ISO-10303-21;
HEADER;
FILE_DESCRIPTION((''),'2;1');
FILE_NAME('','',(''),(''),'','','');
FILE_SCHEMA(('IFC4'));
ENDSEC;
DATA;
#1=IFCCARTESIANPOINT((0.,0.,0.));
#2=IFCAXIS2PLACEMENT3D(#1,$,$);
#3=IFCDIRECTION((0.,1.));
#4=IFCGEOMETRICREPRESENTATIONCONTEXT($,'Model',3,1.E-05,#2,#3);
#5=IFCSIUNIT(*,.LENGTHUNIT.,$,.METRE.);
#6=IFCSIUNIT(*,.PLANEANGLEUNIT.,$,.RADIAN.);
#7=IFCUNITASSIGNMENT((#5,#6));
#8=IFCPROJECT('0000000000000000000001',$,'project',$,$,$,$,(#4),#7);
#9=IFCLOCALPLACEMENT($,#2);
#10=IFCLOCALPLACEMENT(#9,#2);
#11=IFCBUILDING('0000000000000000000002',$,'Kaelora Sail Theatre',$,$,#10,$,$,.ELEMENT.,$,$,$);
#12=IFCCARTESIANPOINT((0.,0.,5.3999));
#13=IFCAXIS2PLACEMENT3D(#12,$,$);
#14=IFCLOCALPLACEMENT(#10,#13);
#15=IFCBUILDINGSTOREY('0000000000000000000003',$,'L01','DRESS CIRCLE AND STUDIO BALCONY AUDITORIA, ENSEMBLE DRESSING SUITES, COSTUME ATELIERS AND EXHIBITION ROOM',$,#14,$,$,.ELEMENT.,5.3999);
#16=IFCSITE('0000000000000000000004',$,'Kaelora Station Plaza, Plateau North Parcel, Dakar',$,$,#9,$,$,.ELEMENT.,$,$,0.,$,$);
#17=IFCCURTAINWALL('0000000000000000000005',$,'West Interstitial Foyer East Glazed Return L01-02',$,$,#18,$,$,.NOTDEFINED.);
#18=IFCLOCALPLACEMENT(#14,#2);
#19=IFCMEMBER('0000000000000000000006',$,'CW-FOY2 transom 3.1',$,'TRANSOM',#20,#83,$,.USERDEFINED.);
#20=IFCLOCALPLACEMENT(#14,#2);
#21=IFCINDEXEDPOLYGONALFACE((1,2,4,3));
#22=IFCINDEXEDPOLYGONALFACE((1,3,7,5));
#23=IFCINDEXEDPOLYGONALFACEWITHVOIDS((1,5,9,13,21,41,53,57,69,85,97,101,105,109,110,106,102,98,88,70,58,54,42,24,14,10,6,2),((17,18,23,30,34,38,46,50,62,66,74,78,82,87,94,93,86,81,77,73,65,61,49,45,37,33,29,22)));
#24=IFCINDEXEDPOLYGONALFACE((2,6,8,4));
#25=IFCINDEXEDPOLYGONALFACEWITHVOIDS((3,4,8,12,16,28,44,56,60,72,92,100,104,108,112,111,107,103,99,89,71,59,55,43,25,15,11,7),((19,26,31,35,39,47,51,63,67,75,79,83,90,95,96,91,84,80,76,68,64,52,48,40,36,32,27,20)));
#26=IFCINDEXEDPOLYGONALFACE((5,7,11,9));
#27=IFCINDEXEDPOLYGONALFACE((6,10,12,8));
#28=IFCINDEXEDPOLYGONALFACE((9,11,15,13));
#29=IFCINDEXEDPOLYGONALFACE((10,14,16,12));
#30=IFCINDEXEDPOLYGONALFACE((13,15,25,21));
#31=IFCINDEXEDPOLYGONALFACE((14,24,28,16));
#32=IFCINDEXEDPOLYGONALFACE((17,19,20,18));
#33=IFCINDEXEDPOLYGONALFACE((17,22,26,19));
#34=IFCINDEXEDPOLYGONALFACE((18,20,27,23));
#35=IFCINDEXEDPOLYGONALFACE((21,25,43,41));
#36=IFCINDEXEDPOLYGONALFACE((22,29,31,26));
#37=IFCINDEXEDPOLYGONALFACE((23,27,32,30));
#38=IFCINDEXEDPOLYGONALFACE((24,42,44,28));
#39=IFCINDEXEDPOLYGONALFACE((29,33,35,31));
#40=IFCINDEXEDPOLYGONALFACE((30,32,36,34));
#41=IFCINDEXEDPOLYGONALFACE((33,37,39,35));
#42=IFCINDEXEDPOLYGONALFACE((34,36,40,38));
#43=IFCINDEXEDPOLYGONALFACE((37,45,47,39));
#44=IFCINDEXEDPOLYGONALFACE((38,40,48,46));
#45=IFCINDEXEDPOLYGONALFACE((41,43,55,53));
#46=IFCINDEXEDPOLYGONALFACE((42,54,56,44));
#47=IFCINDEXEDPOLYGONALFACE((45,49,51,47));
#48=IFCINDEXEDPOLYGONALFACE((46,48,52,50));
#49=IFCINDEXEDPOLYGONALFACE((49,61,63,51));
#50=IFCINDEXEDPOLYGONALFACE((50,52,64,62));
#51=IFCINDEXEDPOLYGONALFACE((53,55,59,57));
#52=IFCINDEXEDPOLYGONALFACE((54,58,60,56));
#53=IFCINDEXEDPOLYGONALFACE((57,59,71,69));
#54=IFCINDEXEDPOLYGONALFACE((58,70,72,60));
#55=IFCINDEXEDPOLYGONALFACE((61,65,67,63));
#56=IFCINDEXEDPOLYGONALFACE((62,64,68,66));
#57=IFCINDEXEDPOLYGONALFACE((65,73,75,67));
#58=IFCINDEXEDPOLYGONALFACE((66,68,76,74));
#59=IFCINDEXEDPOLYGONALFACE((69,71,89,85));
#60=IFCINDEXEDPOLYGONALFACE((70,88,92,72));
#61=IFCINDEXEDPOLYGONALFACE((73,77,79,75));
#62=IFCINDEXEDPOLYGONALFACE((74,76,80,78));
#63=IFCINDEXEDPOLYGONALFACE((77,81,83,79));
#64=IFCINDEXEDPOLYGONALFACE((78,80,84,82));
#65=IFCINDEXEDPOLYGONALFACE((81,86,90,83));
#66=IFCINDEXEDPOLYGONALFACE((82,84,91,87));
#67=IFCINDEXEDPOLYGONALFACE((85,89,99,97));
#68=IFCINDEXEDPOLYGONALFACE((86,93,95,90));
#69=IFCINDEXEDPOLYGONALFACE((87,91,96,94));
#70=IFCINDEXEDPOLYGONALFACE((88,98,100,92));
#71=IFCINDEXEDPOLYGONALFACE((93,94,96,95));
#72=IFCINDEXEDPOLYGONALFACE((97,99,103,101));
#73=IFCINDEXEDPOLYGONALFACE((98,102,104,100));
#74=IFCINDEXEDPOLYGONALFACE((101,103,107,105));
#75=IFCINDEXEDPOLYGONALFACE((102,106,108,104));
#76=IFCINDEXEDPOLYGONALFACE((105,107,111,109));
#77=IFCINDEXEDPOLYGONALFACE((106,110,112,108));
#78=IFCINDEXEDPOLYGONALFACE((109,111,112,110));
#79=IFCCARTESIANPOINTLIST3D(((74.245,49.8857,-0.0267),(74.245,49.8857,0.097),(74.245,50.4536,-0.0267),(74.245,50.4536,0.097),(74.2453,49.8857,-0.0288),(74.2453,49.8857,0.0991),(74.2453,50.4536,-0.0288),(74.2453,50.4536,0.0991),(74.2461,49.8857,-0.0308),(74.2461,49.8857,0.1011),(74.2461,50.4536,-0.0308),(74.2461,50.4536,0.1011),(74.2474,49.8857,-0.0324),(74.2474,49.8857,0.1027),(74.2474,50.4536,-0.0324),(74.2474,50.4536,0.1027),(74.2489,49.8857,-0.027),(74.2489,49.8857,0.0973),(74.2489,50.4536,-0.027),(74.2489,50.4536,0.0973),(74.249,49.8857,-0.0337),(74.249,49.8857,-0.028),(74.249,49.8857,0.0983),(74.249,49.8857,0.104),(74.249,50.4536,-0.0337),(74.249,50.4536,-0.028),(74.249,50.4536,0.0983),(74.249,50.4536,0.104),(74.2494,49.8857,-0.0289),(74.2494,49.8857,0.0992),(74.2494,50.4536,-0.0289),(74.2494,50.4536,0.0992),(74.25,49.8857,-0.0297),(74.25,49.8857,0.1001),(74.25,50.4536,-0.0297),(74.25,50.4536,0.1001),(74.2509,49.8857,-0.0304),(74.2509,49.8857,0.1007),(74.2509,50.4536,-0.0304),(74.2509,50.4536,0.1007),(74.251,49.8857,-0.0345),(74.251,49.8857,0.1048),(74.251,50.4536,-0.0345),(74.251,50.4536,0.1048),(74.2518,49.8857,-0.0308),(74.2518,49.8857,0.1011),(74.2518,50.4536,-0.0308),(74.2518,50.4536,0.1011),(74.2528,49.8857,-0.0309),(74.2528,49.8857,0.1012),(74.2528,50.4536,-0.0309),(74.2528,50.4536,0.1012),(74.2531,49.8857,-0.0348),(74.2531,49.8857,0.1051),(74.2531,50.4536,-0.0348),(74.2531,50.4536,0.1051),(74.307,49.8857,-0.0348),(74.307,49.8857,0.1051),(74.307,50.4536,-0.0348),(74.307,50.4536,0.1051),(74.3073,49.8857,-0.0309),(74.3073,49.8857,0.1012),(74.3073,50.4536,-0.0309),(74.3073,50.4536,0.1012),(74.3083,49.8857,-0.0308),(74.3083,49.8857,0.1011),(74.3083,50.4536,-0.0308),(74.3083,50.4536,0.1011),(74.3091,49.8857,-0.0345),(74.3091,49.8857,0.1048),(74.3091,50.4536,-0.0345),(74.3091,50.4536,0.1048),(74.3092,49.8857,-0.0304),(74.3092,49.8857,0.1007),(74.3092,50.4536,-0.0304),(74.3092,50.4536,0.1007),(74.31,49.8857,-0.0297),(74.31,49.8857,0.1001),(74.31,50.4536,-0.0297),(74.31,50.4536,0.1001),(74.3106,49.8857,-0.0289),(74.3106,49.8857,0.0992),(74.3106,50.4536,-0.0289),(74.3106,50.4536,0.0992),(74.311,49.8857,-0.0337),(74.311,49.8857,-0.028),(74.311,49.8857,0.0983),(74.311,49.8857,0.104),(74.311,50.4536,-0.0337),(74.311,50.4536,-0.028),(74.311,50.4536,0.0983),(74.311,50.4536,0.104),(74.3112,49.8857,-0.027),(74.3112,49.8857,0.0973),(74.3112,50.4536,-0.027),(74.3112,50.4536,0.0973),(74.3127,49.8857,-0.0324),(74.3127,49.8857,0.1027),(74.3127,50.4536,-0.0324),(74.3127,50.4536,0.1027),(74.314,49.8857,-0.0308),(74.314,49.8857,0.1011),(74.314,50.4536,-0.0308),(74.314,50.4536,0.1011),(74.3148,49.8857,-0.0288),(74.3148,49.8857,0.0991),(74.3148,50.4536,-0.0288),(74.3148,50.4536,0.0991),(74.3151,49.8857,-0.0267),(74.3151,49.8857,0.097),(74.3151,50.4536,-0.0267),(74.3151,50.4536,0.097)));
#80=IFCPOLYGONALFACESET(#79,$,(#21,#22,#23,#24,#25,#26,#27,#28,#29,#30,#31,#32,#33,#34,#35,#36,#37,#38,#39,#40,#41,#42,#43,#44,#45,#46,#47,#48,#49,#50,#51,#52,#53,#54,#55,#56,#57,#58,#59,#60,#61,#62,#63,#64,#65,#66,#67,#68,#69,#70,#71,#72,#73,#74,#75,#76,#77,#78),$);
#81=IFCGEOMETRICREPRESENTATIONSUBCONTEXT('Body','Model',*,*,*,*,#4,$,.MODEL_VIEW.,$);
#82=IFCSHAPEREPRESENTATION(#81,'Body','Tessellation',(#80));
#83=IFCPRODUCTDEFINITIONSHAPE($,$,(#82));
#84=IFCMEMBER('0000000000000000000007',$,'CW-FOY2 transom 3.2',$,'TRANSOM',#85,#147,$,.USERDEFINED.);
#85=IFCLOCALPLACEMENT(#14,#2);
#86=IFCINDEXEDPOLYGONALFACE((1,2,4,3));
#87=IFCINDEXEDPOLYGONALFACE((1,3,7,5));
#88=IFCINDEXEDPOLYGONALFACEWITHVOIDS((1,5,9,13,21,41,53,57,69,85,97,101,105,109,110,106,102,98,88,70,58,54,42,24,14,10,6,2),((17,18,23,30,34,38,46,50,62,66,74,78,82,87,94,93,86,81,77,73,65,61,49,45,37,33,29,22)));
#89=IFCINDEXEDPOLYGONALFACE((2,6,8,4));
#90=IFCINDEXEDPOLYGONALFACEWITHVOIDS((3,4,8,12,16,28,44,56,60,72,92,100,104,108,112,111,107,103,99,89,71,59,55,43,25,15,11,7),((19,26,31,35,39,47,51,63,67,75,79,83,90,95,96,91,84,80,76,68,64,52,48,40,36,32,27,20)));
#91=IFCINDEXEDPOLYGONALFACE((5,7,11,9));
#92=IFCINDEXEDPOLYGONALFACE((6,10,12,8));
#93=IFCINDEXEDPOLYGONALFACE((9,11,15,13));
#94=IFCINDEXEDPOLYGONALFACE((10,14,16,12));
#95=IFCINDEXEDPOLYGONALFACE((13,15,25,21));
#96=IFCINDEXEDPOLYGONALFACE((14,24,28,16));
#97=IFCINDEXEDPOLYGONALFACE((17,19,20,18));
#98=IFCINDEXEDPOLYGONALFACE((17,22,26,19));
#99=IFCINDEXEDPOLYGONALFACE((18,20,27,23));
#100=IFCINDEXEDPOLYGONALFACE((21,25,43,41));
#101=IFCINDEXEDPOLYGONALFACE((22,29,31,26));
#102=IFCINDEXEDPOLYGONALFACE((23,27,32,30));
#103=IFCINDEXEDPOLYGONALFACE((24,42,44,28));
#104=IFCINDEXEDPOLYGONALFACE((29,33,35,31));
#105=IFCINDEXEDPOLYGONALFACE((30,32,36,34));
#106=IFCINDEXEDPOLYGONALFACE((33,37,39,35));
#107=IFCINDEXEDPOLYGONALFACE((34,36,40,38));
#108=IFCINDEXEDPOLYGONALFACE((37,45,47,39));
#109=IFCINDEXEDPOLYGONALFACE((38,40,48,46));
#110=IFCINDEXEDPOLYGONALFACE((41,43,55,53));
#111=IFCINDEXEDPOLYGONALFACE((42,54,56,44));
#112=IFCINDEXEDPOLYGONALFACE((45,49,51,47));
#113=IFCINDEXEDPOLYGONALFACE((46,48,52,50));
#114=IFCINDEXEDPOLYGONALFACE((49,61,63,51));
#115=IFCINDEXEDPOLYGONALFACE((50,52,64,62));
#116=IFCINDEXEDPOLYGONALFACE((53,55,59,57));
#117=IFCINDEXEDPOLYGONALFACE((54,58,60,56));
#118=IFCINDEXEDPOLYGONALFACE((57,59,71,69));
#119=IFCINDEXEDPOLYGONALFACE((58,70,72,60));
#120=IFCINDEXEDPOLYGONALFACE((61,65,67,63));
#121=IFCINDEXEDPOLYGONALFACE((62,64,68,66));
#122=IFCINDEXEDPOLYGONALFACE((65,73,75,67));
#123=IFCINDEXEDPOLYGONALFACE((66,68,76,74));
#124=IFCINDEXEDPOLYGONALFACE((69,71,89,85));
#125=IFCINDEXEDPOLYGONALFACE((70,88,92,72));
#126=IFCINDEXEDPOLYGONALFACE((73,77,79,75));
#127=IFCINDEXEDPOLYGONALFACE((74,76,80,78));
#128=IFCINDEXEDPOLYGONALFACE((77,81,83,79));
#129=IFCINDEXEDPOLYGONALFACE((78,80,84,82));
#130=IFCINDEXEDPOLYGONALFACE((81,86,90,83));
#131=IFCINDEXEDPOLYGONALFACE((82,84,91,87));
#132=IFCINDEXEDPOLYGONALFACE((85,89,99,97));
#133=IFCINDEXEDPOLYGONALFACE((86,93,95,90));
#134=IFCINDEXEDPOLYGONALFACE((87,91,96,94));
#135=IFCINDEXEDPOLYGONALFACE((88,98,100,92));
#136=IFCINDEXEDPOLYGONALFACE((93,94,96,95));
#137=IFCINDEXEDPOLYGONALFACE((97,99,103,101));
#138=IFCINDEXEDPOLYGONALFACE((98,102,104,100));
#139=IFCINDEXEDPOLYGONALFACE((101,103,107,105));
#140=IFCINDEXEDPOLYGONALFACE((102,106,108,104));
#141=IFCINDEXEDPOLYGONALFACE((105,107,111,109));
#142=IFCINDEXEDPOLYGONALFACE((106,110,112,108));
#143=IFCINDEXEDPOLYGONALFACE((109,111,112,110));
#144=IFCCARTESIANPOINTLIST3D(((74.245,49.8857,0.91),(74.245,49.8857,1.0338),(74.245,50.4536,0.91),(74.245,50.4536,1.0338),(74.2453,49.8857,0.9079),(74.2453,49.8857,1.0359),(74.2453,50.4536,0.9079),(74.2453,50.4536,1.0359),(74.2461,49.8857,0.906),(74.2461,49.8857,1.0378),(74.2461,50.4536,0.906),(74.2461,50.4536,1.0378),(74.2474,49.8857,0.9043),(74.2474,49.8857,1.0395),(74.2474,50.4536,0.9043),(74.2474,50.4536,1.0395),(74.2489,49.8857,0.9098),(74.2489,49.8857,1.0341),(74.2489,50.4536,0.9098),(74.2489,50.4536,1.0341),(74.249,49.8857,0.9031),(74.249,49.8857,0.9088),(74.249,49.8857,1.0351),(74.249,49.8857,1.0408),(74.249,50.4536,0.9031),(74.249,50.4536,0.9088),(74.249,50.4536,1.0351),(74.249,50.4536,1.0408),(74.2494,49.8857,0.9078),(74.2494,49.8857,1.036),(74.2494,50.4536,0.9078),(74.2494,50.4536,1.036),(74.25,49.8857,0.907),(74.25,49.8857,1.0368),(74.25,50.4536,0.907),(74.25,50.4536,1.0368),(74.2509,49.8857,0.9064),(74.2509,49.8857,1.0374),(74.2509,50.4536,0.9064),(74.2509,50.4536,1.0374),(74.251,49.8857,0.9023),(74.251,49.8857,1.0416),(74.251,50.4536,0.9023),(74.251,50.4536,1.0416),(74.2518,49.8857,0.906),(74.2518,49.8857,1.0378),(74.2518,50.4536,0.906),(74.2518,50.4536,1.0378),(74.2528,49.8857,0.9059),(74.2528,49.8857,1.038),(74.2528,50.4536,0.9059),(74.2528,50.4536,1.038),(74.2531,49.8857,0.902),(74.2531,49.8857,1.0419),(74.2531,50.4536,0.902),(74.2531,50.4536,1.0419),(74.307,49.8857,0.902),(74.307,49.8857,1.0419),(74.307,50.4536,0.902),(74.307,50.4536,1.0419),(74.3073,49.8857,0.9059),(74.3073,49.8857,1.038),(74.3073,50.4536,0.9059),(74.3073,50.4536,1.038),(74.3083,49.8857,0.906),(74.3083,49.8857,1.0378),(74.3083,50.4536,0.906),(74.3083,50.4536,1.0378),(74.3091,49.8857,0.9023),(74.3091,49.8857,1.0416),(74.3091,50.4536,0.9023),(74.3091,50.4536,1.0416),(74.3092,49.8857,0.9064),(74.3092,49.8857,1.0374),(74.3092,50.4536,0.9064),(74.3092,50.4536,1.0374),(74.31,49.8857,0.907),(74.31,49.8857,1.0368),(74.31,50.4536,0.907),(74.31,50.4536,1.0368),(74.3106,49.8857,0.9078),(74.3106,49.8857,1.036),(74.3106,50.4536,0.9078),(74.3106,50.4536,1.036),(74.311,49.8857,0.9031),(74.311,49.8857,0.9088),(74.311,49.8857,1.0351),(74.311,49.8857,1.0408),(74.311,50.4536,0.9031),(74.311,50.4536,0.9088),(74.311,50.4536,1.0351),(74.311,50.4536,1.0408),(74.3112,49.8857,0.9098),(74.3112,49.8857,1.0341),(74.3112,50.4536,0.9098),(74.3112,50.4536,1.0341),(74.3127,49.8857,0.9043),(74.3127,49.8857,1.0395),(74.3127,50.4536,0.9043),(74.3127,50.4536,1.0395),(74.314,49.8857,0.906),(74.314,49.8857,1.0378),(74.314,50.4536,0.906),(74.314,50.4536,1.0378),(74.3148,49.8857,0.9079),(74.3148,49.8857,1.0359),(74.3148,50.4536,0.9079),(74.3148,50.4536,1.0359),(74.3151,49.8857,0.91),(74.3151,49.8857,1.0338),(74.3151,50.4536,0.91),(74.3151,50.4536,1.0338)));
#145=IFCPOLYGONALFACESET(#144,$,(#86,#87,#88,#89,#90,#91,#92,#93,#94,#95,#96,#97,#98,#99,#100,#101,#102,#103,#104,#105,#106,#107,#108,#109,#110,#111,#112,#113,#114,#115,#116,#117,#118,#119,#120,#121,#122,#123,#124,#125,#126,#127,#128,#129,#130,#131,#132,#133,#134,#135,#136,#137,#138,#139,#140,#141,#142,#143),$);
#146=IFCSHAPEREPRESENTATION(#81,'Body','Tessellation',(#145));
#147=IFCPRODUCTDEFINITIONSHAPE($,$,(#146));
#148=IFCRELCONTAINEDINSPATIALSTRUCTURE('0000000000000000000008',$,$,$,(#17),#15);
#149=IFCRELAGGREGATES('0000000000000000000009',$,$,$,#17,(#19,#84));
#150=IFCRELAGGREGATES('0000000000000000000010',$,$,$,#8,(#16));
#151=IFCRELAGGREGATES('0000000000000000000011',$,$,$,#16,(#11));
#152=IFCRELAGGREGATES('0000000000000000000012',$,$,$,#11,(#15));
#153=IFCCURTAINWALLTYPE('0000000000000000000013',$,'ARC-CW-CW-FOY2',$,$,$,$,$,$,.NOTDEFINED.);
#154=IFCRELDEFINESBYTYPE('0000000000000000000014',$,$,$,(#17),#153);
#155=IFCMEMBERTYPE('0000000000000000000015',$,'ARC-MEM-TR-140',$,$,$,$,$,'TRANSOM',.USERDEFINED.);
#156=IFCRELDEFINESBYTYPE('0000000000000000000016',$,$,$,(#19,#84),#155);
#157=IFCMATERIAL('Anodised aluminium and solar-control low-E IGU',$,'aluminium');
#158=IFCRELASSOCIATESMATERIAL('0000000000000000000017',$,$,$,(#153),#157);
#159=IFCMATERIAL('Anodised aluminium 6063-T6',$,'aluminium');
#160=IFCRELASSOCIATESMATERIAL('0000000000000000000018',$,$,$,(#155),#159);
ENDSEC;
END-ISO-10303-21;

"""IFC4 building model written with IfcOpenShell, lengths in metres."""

from ifc_helpers import new_model, si_unit, direction, frame, origin, origin_2d, place, context, subcontext, project, spatial, hollow_rectangle, extrude, material, material_profile, profile_set, type_object, element, aggregate, save


model = new_model("IFC4")

# Units and contexts
model_context = context("Model", 3, precision=1e-05, world=origin(), true_north=direction((0.0, 1.0)))
body_context = subcontext(model_context, "Body", "Model", "MODEL_VIEW")
ifc_project = project(units=[si_unit("LENGTHUNIT", "METRE"), si_unit("PLANEANGLEUNIT", "RADIAN")], contexts=[model_context])

# Site, building, storey
site_placement = place(None, origin())
site = spatial("IfcSite", under=ifc_project, at=site_placement, Name="Kaelora Station Plaza, Plateau North Parcel, Dakar", CompositionType="ELEMENT", RefElevation=0.0)
building_placement = place(site_placement, origin())
building = spatial("IfcBuilding", under=site, at=building_placement, Name="Kaelora Sail Theatre", CompositionType="ELEMENT")
storey_placement = place(building_placement, frame((0.0, 0.0, 5.3999)))
storey = spatial("IfcBuildingStorey", under=building, at=storey_placement, Name="L01", Description="DRESS CIRCLE AND STUDIO BALCONY AUDITORIA, ENSEMBLE DRESSING SUITES, COSTUME ATELIERS AND EXHIBITION ROOM", CompositionType="ELEMENT", Elevation=5.3999)

# Shared definitions
ifc_material_1 = material(Name="Anodised aluminium and solar-control low-E IGU", Category="aluminium")
curtain_wall_type = type_object("IfcCurtainWallType", Name="ARC-CW-CW-FOY2", PredefinedType="NOTDEFINED", material=ifc_material_1)

# Curtain wall, members
curtain_wall_1_placement = place(storey_placement, origin())
curtain_wall_1 = element("IfcCurtainWall", 1, at=curtain_wall_1_placement, inside=storey, type_object=curtain_wall_type, Name="West Interstitial Foyer East Glazed Return L01-02", PredefinedType="NOTDEFINED")
ifc_material_2 = material(Name="Anodised aluminium 6063-T6", Category="aluminium")
ifc_material_profile_1 = material_profile(ifc_material_2, hollow_rectangle(XDim=0.0701, YDim=0.1399, WallThickness=0.0039, InnerFilletRadius=0.0039, OuterFilletRadius=0.0081, at=origin_2d()), Name="ALU-TRAN 70x140x4")
ifc_profile_set_1 = profile_set([ifc_material_profile_1], Name="Anodised aluminium 6063-T6")
member_type_1 = type_object("IfcMemberType", Name="ARC-MEM-TR-140", ElementType="TRANSOM", PredefinedType="USERDEFINED", material=ifc_profile_set_1)
member_1_placement = place(storey_placement, frame((74.28, 49.8857, 0.0352), z_axis=(0.0, 1.0, 0.0), x_axis=(-1.0, 0.0, 0.0)))
member_1 = element("IfcMember", 2, at=member_1_placement, type_object=member_type_1, Name="CW-FOY2 transom 3.1", ObjectType="TRANSOM", PredefinedType="USERDEFINED", context=body_context, shape_type="SweptSolid", body=[
    extrude(hollow_rectangle(XDim=0.0701, YDim=0.1399, WallThickness=0.0039, InnerFilletRadius=0.0039, OuterFilletRadius=0.0081, at=origin_2d()), origin(), (0.0, 0.0, 1.0), 0.5679),
])
member_2_placement = place(storey_placement, frame((74.28, 49.8857, 0.9719), z_axis=(0.0, 1.0, 0.0), x_axis=(-1.0, 0.0, 0.0)))
member_2 = element("IfcMember", 3, at=member_2_placement, type_object=member_type_1, Name="CW-FOY2 transom 3.2", ObjectType="TRANSOM", PredefinedType="USERDEFINED", context=body_context, shape_type="SweptSolid", body=[
    extrude(hollow_rectangle(XDim=0.0701, YDim=0.1399, WallThickness=0.0039, InnerFilletRadius=0.0039, OuterFilletRadius=0.0081, at=origin_2d()), origin(), (0.0, 0.0, 1.0), 0.5679),
])
aggregate(curtain_wall_1, [member_1, member_2])

save(model, "model.ifc")
